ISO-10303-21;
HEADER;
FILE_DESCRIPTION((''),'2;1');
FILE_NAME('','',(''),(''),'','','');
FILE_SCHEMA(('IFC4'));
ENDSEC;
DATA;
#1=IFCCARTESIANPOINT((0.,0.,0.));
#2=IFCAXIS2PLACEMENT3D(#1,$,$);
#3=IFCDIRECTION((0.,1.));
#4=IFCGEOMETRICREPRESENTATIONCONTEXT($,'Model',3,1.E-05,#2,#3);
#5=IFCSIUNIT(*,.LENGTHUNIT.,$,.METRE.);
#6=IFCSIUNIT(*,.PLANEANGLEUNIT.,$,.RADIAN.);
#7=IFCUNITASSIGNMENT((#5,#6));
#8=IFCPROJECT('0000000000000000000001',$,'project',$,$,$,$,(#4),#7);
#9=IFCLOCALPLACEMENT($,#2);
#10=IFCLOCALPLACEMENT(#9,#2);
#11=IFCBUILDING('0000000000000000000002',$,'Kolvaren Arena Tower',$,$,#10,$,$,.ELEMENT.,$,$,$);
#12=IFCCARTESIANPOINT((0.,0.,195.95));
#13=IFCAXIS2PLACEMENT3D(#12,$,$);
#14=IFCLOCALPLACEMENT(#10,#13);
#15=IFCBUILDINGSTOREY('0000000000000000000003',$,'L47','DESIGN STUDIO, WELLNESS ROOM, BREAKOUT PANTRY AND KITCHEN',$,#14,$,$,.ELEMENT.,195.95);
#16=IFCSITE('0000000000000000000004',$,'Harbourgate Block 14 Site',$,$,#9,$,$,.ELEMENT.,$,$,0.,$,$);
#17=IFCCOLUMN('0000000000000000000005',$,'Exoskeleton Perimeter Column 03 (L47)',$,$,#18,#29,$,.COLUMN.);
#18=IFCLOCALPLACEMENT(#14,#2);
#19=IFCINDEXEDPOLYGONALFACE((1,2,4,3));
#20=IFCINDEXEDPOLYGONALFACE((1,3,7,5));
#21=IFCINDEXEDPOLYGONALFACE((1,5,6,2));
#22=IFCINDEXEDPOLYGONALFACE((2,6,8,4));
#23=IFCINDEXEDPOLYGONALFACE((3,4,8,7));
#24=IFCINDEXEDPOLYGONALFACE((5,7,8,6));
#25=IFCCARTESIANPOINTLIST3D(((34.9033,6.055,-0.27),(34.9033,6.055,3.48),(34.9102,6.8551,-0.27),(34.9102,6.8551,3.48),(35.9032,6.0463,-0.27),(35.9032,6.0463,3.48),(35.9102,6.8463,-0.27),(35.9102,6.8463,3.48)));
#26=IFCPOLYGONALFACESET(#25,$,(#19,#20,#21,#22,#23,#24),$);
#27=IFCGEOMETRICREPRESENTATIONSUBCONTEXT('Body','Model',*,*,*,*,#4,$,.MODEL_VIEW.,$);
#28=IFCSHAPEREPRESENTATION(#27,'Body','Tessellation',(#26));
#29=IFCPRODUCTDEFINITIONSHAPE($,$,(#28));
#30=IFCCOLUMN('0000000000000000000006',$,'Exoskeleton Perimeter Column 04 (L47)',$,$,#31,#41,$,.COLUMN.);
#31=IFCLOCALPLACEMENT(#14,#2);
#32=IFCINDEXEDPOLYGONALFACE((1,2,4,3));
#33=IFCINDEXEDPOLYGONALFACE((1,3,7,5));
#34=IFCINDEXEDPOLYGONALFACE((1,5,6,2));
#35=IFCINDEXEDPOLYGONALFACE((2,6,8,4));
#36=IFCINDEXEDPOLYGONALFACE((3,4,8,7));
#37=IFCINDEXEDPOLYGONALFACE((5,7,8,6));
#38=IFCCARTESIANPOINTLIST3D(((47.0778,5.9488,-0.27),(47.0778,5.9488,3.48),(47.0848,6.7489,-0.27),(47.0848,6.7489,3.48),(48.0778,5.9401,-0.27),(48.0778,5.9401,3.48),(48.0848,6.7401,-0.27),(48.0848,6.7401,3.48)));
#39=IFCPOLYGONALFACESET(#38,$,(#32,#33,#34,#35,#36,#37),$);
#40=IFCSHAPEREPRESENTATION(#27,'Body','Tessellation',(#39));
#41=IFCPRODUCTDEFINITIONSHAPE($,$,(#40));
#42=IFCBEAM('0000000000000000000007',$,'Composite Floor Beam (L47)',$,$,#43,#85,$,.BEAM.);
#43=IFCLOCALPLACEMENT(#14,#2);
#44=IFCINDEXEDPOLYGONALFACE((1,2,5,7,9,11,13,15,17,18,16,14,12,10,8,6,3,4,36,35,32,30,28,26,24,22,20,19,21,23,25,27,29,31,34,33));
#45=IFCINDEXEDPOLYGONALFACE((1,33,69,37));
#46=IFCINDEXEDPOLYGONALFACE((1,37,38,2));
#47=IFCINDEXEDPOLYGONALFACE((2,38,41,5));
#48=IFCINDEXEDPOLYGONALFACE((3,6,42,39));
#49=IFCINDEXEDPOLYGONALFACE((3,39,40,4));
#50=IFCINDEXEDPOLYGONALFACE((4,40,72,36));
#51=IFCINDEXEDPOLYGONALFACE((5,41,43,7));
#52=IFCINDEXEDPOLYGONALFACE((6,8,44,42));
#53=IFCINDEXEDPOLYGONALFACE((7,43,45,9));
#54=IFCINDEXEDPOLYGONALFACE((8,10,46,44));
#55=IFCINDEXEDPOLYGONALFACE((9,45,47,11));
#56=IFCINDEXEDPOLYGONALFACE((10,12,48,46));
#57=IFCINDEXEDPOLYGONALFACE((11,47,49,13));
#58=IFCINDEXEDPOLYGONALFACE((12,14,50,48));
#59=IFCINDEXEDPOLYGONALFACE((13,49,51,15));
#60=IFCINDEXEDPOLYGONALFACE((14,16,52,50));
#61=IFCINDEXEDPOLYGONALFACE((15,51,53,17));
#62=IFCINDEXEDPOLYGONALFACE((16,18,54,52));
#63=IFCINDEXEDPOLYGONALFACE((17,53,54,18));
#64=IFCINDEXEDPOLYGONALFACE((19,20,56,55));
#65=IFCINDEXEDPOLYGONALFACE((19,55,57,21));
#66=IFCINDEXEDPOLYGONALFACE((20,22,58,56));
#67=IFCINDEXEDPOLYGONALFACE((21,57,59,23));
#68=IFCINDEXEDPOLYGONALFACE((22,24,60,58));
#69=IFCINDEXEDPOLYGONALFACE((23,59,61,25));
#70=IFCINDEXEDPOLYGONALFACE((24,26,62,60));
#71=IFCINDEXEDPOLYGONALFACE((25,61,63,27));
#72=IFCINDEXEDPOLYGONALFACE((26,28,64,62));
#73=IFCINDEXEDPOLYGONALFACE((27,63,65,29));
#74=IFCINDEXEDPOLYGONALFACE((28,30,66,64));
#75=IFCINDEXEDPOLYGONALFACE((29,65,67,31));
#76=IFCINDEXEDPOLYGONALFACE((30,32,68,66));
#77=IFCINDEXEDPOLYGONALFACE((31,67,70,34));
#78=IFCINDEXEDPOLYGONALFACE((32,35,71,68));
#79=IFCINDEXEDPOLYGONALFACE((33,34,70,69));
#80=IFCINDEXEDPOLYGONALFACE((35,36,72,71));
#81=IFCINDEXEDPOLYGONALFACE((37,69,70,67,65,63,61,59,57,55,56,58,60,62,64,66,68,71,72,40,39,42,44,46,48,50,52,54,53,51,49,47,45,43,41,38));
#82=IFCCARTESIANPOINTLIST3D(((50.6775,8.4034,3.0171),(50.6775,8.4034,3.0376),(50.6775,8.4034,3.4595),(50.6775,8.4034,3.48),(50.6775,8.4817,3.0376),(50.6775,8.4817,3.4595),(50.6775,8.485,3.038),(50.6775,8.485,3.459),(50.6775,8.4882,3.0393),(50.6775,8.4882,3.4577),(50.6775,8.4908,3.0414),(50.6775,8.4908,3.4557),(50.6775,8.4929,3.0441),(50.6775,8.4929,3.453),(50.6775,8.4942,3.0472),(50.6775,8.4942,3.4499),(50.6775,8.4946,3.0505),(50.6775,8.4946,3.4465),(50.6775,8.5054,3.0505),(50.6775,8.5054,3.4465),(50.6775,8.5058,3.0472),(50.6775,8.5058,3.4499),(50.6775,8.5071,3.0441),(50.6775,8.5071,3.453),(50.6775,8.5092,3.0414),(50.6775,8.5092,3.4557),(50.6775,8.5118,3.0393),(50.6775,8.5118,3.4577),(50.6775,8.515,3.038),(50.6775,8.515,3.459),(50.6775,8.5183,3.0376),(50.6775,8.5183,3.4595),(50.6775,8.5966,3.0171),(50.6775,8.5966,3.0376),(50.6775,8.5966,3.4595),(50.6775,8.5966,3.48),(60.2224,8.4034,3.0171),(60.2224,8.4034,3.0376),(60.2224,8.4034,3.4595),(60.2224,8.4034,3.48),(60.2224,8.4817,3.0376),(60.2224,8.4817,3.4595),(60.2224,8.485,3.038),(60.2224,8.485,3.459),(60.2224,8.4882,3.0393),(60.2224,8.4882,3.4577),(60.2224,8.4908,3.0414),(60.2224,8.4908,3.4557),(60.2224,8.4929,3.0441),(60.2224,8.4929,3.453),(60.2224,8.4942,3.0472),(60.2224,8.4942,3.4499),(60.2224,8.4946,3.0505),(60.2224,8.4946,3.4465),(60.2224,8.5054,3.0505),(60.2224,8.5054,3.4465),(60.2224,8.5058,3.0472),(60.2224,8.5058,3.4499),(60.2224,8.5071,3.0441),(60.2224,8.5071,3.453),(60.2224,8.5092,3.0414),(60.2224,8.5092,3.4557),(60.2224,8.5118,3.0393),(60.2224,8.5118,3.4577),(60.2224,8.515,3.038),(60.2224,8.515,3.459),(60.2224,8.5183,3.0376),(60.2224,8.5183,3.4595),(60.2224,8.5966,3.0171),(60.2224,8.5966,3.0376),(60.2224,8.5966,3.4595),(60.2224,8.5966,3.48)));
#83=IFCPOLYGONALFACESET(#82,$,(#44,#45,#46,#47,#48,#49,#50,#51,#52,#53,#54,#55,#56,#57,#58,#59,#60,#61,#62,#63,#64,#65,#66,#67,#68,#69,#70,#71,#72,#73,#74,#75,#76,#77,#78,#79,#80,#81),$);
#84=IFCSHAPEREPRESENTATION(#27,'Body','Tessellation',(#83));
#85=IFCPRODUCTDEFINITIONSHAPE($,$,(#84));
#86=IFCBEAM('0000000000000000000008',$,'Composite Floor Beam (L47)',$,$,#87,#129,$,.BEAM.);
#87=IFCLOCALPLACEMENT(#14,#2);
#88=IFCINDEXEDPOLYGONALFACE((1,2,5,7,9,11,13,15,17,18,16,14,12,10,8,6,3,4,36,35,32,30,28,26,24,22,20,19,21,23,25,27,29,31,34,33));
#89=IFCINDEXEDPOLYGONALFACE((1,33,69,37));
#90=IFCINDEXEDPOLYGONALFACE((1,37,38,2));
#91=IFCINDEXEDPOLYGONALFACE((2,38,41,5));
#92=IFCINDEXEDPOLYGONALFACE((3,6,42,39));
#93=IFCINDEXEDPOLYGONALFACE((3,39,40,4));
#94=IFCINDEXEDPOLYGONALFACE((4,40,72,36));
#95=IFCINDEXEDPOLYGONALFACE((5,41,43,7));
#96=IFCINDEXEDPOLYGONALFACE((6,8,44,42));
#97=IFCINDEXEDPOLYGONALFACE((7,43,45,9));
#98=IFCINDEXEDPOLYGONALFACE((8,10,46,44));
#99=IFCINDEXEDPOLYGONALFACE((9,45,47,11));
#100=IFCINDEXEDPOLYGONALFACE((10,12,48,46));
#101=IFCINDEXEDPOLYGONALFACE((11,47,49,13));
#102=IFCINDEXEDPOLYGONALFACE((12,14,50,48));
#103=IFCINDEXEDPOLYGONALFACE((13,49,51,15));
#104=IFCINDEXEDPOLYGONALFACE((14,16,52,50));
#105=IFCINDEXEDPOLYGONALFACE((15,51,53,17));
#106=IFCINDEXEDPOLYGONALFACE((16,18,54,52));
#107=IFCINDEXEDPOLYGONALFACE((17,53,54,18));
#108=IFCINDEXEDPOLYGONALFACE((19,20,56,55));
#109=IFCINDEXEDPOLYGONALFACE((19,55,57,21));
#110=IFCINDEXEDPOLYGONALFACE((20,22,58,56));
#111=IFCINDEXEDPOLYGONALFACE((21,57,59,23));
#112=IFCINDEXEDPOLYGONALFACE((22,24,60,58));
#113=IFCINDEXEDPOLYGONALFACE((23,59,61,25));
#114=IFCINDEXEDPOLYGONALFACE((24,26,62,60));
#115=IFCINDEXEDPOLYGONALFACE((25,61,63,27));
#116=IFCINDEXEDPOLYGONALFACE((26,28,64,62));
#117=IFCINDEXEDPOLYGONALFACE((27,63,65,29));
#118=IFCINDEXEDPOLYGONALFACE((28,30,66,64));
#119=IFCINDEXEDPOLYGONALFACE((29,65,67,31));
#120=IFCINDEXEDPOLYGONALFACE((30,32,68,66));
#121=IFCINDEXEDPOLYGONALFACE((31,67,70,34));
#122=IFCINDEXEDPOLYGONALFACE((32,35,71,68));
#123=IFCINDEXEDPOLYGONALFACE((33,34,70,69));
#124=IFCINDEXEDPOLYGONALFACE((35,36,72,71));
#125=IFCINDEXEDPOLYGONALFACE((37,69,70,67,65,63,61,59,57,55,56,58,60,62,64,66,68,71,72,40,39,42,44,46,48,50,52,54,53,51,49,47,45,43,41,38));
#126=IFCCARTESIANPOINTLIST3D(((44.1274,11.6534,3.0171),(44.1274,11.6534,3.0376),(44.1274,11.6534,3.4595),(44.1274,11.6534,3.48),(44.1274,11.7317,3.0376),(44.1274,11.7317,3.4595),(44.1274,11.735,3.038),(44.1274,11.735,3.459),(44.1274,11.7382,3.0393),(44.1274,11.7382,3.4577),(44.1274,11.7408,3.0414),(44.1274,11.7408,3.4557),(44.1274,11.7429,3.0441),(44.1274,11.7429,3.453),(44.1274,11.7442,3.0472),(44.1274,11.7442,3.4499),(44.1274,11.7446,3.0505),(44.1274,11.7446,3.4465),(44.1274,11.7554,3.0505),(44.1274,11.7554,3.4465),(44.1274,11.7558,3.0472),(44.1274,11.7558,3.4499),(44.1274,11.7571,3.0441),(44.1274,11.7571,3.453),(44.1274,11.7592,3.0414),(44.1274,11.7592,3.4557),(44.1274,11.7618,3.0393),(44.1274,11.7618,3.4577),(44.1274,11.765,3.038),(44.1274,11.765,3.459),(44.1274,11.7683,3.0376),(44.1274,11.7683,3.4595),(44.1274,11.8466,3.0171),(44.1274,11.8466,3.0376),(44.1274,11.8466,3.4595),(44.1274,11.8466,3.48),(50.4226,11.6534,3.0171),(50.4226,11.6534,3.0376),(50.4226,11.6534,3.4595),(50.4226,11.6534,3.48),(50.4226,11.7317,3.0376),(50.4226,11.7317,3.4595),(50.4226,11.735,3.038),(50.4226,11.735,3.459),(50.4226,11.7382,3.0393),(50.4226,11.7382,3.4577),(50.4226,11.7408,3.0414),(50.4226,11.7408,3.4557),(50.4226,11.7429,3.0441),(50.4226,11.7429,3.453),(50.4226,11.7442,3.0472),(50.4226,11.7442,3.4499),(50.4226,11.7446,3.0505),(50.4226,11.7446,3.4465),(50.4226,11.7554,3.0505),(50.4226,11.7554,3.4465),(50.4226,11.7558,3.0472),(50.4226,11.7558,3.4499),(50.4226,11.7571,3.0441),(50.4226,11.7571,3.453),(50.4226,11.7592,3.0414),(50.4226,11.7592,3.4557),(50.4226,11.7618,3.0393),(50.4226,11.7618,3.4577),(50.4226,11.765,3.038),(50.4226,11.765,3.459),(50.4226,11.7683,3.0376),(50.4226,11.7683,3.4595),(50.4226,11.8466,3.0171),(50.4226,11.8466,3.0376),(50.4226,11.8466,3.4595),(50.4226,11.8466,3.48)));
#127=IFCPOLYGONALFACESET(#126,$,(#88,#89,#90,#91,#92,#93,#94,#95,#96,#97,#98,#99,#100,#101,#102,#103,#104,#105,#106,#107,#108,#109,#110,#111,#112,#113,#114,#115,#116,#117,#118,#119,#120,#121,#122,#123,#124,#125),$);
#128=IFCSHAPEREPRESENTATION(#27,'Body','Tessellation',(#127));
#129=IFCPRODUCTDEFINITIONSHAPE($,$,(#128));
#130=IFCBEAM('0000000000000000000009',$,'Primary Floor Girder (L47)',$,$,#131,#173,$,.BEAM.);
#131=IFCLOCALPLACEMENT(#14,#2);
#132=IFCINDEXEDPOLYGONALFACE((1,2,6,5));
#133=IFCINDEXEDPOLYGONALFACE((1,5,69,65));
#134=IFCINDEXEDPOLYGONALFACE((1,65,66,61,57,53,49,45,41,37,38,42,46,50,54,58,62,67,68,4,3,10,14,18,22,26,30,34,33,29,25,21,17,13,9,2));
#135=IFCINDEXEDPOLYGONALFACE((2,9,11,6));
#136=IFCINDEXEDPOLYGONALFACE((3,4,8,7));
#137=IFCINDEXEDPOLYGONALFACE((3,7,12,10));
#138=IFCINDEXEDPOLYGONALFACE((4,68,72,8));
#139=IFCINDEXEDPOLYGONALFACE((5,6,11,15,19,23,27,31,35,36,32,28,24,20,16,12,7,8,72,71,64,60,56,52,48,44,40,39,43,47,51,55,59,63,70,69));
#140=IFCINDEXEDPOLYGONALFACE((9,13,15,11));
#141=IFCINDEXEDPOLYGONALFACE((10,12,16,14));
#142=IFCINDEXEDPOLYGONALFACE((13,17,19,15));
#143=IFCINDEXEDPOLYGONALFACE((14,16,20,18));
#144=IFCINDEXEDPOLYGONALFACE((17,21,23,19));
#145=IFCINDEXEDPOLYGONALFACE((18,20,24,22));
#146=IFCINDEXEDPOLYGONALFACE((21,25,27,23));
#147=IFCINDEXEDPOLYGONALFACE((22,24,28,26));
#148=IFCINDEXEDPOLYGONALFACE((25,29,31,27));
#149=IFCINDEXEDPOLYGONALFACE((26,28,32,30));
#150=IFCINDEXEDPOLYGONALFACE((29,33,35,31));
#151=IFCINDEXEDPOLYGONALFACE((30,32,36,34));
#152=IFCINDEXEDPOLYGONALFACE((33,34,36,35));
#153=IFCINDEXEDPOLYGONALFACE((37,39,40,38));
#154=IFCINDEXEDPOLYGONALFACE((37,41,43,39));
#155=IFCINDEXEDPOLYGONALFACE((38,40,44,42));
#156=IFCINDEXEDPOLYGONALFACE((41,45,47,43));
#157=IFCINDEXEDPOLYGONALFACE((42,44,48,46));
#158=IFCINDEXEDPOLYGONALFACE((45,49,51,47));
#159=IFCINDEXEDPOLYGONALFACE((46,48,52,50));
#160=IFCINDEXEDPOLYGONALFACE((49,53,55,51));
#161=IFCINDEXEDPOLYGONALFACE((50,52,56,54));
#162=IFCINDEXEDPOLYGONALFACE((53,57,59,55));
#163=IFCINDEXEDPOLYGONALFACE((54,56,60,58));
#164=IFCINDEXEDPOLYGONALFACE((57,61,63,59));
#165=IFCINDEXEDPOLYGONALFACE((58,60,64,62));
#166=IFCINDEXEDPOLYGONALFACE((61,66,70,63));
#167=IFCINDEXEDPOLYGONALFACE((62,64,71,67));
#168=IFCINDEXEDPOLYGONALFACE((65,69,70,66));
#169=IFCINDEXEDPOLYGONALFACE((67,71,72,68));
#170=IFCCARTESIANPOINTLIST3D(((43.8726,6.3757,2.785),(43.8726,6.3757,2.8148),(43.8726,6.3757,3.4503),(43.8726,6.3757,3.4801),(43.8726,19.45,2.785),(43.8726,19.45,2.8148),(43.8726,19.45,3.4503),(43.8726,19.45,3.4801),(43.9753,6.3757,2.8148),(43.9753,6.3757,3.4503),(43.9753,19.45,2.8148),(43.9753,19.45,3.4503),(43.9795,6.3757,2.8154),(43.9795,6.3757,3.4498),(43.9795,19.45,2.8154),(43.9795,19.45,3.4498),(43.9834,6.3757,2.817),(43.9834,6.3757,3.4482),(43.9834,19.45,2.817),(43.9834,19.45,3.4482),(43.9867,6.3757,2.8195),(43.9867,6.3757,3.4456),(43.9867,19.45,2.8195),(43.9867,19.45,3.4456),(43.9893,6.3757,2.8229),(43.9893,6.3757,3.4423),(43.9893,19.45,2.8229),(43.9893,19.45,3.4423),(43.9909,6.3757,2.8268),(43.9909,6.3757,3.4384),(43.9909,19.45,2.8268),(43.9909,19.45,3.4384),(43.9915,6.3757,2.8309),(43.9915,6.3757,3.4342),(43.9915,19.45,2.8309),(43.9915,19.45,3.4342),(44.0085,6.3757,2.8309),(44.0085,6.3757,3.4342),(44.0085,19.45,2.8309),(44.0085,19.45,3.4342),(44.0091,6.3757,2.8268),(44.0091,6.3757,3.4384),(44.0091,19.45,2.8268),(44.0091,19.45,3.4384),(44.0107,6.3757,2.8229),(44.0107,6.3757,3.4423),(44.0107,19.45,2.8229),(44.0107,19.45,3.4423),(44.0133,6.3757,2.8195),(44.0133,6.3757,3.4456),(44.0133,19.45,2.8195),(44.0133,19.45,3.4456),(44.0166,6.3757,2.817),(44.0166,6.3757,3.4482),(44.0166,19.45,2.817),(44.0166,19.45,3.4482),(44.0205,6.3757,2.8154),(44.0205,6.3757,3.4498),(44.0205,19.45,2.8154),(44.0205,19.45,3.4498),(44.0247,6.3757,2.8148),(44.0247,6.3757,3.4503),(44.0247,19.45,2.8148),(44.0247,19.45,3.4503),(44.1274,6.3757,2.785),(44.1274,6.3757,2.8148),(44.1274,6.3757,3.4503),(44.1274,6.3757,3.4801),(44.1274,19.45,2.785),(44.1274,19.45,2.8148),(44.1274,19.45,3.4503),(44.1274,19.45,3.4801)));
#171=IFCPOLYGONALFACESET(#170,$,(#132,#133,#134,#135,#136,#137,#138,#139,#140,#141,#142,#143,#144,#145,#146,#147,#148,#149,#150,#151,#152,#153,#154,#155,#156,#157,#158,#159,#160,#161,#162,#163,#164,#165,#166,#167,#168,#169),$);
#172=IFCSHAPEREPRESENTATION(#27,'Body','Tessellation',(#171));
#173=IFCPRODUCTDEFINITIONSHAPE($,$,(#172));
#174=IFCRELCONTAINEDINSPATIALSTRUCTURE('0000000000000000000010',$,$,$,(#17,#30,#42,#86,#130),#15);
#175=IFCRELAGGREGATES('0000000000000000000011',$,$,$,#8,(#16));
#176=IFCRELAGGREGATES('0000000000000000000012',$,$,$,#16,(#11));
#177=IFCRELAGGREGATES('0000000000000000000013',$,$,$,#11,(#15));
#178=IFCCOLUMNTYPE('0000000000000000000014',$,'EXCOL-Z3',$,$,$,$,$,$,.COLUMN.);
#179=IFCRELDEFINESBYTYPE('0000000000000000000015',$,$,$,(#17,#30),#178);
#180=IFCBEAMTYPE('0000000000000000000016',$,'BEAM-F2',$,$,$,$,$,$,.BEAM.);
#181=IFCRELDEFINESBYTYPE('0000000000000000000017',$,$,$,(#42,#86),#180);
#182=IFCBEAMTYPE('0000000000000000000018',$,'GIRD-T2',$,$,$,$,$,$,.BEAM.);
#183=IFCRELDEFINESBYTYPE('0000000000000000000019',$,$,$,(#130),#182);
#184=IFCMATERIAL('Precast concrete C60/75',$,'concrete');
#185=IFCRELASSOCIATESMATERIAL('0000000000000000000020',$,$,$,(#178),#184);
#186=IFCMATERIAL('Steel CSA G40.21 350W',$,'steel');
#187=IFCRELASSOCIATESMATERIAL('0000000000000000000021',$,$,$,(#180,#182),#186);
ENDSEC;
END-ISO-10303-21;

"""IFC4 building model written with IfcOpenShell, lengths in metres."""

from ifc_helpers import new_model, si_unit, direction, frame, origin, origin_2d, place, context, subcontext, project, spatial, rectangle, i_section, extrude, material, material_profile, profile_set, type_object, element, save


model = new_model("IFC4")

# Units and contexts
model_context = context("Model", 3, precision=1e-05, world=origin(), true_north=direction((0.0, 1.0)))
body_context = subcontext(model_context, "Body", "Model", "MODEL_VIEW")
ifc_project = project(units=[si_unit("LENGTHUNIT", "METRE"), si_unit("PLANEANGLEUNIT", "RADIAN")], contexts=[model_context])

# Site, building, storey
site_placement = place(None, origin())
site = spatial("IfcSite", under=ifc_project, at=site_placement, Name="Harbourgate Block 14 Site", CompositionType="ELEMENT", RefElevation=0.0)
building_placement = place(site_placement, origin())
building = spatial("IfcBuilding", under=site, at=building_placement, Name="Kolvaren Arena Tower", CompositionType="ELEMENT")
storey_placement = place(building_placement, frame((0.0, 0.0, 195.95)))
storey = spatial("IfcBuildingStorey", under=building, at=storey_placement, Name="L47", Description="DESIGN STUDIO, WELLNESS ROOM, BREAKOUT PANTRY AND KITCHEN", CompositionType="ELEMENT", Elevation=195.95)

# Columns
ifc_material_1 = material(Name="Precast concrete C60/75", Category="concrete")
ifc_material_profile_1 = material_profile(ifc_material_1, rectangle(XDim=1.0, YDim=0.8, at=origin_2d()), Name="RC-1000x800")
ifc_profile_set_1 = profile_set([ifc_material_profile_1], Name="Precast concrete C60/75")
column_type = type_object("IfcColumnType", Name="EXCOL-Z3", PredefinedType="COLUMN", material=ifc_profile_set_1)
for number, where, z_axis, x_axis, name in (
    (1, (35.4067, 6.4507, -0.27), (0.0, 0.0, 1.0), (0.999962, -0.008727, 0.0), "Exoskeleton Perimeter Column 03 (L47)"),
    (2, (47.5813, 6.3445, -0.27), (0.0, 0.0, 1.0), (0.999962, -0.008727, 0.0), "Exoskeleton Perimeter Column 04 (L47)"),
):
    element("IfcColumn", number, at=place(storey_placement, frame(where, z_axis=z_axis, x_axis=x_axis)), inside=storey, type_object=column_type, Name=name, PredefinedType="COLUMN", context=body_context, shape_type="SweptSolid", body=[
        extrude(rectangle(XDim=1.0, YDim=0.8, at=origin_2d()), origin(), (0.0, 0.0, 1.0), 3.75),
    ])

# Beams
ifc_material_2 = material(Name="Steel CSA G40.21 350W", Category="steel")
ifc_material_profile_2 = material_profile(ifc_material_2, i_section(OverallWidth=0.1931, OverallDepth=0.4629, WebThickness=0.0107, FlangeThickness=0.0205, FilletRadius=0.0129, at=origin_2d()), Name="W460x113")
ifc_profile_set_2 = profile_set([ifc_material_profile_2], Name="Steel CSA G40.21 350W")
beam_type_1 = type_object("IfcBeamType", Name="BEAM-F2", PredefinedType="BEAM", material=ifc_profile_set_2)
beam_1_placement = place(storey_placement, frame((50.6775, 8.5, 3.2485), z_axis=(1.0, 0.0, 0.0), x_axis=(0.0, 1.0, 0.0)))
element("IfcBeam", 3, at=beam_1_placement, inside=storey, type_object=beam_type_1, Name="Composite Floor Beam (L47)", PredefinedType="BEAM", context=body_context, shape_type="SweptSolid", body=[
    extrude(i_section(OverallWidth=0.1931, OverallDepth=0.4629, WebThickness=0.0107, FlangeThickness=0.0205, FilletRadius=0.0129, at=origin_2d()), origin(), (0.0, 0.0, 1.0), 9.5449),
])
beam_2_placement = place(storey_placement, frame((44.1274, 11.75, 3.2485), z_axis=(1.0, 0.0, 0.0), x_axis=(0.0, 1.0, 0.0)))
element("IfcBeam", 4, at=beam_2_placement, inside=storey, type_object=beam_type_1, Name="Composite Floor Beam (L47)", PredefinedType="BEAM", context=body_context, shape_type="SweptSolid", body=[
    extrude(i_section(OverallWidth=0.1931, OverallDepth=0.4629, WebThickness=0.0107, FlangeThickness=0.0205, FilletRadius=0.0129, at=origin_2d()), origin(), (0.0, 0.0, 1.0), 6.2952),
])
ifc_material_profile_3 = material_profile(ifc_material_2, i_section(OverallWidth=0.2549, OverallDepth=0.6951, WebThickness=0.0171, FlangeThickness=0.0298, FilletRadius=0.0161, at=origin_2d()), Name="W690x217")
ifc_profile_set_3 = profile_set([ifc_material_profile_3], Name="Steel CSA G40.21 350W")
beam_type_2 = type_object("IfcBeamType", Name="GIRD-T2", PredefinedType="BEAM", material=ifc_profile_set_3)
beam_3_placement = place(storey_placement, frame((44.0, 6.3757, 3.1326), z_axis=(0.0, 1.0, 0.0), x_axis=(-1.0, 0.0, 0.0)))
element("IfcBeam", 5, at=beam_3_placement, inside=storey, type_object=beam_type_2, Name="Primary Floor Girder (L47)", PredefinedType="BEAM", context=body_context, shape_type="SweptSolid", body=[
    extrude(i_section(OverallWidth=0.2549, OverallDepth=0.6951, WebThickness=0.0171, FlangeThickness=0.0298, FilletRadius=0.0161, at=origin_2d()), origin(), (0.0, 0.0, 1.0), 13.0742),
])

save(model, "model.ifc")
